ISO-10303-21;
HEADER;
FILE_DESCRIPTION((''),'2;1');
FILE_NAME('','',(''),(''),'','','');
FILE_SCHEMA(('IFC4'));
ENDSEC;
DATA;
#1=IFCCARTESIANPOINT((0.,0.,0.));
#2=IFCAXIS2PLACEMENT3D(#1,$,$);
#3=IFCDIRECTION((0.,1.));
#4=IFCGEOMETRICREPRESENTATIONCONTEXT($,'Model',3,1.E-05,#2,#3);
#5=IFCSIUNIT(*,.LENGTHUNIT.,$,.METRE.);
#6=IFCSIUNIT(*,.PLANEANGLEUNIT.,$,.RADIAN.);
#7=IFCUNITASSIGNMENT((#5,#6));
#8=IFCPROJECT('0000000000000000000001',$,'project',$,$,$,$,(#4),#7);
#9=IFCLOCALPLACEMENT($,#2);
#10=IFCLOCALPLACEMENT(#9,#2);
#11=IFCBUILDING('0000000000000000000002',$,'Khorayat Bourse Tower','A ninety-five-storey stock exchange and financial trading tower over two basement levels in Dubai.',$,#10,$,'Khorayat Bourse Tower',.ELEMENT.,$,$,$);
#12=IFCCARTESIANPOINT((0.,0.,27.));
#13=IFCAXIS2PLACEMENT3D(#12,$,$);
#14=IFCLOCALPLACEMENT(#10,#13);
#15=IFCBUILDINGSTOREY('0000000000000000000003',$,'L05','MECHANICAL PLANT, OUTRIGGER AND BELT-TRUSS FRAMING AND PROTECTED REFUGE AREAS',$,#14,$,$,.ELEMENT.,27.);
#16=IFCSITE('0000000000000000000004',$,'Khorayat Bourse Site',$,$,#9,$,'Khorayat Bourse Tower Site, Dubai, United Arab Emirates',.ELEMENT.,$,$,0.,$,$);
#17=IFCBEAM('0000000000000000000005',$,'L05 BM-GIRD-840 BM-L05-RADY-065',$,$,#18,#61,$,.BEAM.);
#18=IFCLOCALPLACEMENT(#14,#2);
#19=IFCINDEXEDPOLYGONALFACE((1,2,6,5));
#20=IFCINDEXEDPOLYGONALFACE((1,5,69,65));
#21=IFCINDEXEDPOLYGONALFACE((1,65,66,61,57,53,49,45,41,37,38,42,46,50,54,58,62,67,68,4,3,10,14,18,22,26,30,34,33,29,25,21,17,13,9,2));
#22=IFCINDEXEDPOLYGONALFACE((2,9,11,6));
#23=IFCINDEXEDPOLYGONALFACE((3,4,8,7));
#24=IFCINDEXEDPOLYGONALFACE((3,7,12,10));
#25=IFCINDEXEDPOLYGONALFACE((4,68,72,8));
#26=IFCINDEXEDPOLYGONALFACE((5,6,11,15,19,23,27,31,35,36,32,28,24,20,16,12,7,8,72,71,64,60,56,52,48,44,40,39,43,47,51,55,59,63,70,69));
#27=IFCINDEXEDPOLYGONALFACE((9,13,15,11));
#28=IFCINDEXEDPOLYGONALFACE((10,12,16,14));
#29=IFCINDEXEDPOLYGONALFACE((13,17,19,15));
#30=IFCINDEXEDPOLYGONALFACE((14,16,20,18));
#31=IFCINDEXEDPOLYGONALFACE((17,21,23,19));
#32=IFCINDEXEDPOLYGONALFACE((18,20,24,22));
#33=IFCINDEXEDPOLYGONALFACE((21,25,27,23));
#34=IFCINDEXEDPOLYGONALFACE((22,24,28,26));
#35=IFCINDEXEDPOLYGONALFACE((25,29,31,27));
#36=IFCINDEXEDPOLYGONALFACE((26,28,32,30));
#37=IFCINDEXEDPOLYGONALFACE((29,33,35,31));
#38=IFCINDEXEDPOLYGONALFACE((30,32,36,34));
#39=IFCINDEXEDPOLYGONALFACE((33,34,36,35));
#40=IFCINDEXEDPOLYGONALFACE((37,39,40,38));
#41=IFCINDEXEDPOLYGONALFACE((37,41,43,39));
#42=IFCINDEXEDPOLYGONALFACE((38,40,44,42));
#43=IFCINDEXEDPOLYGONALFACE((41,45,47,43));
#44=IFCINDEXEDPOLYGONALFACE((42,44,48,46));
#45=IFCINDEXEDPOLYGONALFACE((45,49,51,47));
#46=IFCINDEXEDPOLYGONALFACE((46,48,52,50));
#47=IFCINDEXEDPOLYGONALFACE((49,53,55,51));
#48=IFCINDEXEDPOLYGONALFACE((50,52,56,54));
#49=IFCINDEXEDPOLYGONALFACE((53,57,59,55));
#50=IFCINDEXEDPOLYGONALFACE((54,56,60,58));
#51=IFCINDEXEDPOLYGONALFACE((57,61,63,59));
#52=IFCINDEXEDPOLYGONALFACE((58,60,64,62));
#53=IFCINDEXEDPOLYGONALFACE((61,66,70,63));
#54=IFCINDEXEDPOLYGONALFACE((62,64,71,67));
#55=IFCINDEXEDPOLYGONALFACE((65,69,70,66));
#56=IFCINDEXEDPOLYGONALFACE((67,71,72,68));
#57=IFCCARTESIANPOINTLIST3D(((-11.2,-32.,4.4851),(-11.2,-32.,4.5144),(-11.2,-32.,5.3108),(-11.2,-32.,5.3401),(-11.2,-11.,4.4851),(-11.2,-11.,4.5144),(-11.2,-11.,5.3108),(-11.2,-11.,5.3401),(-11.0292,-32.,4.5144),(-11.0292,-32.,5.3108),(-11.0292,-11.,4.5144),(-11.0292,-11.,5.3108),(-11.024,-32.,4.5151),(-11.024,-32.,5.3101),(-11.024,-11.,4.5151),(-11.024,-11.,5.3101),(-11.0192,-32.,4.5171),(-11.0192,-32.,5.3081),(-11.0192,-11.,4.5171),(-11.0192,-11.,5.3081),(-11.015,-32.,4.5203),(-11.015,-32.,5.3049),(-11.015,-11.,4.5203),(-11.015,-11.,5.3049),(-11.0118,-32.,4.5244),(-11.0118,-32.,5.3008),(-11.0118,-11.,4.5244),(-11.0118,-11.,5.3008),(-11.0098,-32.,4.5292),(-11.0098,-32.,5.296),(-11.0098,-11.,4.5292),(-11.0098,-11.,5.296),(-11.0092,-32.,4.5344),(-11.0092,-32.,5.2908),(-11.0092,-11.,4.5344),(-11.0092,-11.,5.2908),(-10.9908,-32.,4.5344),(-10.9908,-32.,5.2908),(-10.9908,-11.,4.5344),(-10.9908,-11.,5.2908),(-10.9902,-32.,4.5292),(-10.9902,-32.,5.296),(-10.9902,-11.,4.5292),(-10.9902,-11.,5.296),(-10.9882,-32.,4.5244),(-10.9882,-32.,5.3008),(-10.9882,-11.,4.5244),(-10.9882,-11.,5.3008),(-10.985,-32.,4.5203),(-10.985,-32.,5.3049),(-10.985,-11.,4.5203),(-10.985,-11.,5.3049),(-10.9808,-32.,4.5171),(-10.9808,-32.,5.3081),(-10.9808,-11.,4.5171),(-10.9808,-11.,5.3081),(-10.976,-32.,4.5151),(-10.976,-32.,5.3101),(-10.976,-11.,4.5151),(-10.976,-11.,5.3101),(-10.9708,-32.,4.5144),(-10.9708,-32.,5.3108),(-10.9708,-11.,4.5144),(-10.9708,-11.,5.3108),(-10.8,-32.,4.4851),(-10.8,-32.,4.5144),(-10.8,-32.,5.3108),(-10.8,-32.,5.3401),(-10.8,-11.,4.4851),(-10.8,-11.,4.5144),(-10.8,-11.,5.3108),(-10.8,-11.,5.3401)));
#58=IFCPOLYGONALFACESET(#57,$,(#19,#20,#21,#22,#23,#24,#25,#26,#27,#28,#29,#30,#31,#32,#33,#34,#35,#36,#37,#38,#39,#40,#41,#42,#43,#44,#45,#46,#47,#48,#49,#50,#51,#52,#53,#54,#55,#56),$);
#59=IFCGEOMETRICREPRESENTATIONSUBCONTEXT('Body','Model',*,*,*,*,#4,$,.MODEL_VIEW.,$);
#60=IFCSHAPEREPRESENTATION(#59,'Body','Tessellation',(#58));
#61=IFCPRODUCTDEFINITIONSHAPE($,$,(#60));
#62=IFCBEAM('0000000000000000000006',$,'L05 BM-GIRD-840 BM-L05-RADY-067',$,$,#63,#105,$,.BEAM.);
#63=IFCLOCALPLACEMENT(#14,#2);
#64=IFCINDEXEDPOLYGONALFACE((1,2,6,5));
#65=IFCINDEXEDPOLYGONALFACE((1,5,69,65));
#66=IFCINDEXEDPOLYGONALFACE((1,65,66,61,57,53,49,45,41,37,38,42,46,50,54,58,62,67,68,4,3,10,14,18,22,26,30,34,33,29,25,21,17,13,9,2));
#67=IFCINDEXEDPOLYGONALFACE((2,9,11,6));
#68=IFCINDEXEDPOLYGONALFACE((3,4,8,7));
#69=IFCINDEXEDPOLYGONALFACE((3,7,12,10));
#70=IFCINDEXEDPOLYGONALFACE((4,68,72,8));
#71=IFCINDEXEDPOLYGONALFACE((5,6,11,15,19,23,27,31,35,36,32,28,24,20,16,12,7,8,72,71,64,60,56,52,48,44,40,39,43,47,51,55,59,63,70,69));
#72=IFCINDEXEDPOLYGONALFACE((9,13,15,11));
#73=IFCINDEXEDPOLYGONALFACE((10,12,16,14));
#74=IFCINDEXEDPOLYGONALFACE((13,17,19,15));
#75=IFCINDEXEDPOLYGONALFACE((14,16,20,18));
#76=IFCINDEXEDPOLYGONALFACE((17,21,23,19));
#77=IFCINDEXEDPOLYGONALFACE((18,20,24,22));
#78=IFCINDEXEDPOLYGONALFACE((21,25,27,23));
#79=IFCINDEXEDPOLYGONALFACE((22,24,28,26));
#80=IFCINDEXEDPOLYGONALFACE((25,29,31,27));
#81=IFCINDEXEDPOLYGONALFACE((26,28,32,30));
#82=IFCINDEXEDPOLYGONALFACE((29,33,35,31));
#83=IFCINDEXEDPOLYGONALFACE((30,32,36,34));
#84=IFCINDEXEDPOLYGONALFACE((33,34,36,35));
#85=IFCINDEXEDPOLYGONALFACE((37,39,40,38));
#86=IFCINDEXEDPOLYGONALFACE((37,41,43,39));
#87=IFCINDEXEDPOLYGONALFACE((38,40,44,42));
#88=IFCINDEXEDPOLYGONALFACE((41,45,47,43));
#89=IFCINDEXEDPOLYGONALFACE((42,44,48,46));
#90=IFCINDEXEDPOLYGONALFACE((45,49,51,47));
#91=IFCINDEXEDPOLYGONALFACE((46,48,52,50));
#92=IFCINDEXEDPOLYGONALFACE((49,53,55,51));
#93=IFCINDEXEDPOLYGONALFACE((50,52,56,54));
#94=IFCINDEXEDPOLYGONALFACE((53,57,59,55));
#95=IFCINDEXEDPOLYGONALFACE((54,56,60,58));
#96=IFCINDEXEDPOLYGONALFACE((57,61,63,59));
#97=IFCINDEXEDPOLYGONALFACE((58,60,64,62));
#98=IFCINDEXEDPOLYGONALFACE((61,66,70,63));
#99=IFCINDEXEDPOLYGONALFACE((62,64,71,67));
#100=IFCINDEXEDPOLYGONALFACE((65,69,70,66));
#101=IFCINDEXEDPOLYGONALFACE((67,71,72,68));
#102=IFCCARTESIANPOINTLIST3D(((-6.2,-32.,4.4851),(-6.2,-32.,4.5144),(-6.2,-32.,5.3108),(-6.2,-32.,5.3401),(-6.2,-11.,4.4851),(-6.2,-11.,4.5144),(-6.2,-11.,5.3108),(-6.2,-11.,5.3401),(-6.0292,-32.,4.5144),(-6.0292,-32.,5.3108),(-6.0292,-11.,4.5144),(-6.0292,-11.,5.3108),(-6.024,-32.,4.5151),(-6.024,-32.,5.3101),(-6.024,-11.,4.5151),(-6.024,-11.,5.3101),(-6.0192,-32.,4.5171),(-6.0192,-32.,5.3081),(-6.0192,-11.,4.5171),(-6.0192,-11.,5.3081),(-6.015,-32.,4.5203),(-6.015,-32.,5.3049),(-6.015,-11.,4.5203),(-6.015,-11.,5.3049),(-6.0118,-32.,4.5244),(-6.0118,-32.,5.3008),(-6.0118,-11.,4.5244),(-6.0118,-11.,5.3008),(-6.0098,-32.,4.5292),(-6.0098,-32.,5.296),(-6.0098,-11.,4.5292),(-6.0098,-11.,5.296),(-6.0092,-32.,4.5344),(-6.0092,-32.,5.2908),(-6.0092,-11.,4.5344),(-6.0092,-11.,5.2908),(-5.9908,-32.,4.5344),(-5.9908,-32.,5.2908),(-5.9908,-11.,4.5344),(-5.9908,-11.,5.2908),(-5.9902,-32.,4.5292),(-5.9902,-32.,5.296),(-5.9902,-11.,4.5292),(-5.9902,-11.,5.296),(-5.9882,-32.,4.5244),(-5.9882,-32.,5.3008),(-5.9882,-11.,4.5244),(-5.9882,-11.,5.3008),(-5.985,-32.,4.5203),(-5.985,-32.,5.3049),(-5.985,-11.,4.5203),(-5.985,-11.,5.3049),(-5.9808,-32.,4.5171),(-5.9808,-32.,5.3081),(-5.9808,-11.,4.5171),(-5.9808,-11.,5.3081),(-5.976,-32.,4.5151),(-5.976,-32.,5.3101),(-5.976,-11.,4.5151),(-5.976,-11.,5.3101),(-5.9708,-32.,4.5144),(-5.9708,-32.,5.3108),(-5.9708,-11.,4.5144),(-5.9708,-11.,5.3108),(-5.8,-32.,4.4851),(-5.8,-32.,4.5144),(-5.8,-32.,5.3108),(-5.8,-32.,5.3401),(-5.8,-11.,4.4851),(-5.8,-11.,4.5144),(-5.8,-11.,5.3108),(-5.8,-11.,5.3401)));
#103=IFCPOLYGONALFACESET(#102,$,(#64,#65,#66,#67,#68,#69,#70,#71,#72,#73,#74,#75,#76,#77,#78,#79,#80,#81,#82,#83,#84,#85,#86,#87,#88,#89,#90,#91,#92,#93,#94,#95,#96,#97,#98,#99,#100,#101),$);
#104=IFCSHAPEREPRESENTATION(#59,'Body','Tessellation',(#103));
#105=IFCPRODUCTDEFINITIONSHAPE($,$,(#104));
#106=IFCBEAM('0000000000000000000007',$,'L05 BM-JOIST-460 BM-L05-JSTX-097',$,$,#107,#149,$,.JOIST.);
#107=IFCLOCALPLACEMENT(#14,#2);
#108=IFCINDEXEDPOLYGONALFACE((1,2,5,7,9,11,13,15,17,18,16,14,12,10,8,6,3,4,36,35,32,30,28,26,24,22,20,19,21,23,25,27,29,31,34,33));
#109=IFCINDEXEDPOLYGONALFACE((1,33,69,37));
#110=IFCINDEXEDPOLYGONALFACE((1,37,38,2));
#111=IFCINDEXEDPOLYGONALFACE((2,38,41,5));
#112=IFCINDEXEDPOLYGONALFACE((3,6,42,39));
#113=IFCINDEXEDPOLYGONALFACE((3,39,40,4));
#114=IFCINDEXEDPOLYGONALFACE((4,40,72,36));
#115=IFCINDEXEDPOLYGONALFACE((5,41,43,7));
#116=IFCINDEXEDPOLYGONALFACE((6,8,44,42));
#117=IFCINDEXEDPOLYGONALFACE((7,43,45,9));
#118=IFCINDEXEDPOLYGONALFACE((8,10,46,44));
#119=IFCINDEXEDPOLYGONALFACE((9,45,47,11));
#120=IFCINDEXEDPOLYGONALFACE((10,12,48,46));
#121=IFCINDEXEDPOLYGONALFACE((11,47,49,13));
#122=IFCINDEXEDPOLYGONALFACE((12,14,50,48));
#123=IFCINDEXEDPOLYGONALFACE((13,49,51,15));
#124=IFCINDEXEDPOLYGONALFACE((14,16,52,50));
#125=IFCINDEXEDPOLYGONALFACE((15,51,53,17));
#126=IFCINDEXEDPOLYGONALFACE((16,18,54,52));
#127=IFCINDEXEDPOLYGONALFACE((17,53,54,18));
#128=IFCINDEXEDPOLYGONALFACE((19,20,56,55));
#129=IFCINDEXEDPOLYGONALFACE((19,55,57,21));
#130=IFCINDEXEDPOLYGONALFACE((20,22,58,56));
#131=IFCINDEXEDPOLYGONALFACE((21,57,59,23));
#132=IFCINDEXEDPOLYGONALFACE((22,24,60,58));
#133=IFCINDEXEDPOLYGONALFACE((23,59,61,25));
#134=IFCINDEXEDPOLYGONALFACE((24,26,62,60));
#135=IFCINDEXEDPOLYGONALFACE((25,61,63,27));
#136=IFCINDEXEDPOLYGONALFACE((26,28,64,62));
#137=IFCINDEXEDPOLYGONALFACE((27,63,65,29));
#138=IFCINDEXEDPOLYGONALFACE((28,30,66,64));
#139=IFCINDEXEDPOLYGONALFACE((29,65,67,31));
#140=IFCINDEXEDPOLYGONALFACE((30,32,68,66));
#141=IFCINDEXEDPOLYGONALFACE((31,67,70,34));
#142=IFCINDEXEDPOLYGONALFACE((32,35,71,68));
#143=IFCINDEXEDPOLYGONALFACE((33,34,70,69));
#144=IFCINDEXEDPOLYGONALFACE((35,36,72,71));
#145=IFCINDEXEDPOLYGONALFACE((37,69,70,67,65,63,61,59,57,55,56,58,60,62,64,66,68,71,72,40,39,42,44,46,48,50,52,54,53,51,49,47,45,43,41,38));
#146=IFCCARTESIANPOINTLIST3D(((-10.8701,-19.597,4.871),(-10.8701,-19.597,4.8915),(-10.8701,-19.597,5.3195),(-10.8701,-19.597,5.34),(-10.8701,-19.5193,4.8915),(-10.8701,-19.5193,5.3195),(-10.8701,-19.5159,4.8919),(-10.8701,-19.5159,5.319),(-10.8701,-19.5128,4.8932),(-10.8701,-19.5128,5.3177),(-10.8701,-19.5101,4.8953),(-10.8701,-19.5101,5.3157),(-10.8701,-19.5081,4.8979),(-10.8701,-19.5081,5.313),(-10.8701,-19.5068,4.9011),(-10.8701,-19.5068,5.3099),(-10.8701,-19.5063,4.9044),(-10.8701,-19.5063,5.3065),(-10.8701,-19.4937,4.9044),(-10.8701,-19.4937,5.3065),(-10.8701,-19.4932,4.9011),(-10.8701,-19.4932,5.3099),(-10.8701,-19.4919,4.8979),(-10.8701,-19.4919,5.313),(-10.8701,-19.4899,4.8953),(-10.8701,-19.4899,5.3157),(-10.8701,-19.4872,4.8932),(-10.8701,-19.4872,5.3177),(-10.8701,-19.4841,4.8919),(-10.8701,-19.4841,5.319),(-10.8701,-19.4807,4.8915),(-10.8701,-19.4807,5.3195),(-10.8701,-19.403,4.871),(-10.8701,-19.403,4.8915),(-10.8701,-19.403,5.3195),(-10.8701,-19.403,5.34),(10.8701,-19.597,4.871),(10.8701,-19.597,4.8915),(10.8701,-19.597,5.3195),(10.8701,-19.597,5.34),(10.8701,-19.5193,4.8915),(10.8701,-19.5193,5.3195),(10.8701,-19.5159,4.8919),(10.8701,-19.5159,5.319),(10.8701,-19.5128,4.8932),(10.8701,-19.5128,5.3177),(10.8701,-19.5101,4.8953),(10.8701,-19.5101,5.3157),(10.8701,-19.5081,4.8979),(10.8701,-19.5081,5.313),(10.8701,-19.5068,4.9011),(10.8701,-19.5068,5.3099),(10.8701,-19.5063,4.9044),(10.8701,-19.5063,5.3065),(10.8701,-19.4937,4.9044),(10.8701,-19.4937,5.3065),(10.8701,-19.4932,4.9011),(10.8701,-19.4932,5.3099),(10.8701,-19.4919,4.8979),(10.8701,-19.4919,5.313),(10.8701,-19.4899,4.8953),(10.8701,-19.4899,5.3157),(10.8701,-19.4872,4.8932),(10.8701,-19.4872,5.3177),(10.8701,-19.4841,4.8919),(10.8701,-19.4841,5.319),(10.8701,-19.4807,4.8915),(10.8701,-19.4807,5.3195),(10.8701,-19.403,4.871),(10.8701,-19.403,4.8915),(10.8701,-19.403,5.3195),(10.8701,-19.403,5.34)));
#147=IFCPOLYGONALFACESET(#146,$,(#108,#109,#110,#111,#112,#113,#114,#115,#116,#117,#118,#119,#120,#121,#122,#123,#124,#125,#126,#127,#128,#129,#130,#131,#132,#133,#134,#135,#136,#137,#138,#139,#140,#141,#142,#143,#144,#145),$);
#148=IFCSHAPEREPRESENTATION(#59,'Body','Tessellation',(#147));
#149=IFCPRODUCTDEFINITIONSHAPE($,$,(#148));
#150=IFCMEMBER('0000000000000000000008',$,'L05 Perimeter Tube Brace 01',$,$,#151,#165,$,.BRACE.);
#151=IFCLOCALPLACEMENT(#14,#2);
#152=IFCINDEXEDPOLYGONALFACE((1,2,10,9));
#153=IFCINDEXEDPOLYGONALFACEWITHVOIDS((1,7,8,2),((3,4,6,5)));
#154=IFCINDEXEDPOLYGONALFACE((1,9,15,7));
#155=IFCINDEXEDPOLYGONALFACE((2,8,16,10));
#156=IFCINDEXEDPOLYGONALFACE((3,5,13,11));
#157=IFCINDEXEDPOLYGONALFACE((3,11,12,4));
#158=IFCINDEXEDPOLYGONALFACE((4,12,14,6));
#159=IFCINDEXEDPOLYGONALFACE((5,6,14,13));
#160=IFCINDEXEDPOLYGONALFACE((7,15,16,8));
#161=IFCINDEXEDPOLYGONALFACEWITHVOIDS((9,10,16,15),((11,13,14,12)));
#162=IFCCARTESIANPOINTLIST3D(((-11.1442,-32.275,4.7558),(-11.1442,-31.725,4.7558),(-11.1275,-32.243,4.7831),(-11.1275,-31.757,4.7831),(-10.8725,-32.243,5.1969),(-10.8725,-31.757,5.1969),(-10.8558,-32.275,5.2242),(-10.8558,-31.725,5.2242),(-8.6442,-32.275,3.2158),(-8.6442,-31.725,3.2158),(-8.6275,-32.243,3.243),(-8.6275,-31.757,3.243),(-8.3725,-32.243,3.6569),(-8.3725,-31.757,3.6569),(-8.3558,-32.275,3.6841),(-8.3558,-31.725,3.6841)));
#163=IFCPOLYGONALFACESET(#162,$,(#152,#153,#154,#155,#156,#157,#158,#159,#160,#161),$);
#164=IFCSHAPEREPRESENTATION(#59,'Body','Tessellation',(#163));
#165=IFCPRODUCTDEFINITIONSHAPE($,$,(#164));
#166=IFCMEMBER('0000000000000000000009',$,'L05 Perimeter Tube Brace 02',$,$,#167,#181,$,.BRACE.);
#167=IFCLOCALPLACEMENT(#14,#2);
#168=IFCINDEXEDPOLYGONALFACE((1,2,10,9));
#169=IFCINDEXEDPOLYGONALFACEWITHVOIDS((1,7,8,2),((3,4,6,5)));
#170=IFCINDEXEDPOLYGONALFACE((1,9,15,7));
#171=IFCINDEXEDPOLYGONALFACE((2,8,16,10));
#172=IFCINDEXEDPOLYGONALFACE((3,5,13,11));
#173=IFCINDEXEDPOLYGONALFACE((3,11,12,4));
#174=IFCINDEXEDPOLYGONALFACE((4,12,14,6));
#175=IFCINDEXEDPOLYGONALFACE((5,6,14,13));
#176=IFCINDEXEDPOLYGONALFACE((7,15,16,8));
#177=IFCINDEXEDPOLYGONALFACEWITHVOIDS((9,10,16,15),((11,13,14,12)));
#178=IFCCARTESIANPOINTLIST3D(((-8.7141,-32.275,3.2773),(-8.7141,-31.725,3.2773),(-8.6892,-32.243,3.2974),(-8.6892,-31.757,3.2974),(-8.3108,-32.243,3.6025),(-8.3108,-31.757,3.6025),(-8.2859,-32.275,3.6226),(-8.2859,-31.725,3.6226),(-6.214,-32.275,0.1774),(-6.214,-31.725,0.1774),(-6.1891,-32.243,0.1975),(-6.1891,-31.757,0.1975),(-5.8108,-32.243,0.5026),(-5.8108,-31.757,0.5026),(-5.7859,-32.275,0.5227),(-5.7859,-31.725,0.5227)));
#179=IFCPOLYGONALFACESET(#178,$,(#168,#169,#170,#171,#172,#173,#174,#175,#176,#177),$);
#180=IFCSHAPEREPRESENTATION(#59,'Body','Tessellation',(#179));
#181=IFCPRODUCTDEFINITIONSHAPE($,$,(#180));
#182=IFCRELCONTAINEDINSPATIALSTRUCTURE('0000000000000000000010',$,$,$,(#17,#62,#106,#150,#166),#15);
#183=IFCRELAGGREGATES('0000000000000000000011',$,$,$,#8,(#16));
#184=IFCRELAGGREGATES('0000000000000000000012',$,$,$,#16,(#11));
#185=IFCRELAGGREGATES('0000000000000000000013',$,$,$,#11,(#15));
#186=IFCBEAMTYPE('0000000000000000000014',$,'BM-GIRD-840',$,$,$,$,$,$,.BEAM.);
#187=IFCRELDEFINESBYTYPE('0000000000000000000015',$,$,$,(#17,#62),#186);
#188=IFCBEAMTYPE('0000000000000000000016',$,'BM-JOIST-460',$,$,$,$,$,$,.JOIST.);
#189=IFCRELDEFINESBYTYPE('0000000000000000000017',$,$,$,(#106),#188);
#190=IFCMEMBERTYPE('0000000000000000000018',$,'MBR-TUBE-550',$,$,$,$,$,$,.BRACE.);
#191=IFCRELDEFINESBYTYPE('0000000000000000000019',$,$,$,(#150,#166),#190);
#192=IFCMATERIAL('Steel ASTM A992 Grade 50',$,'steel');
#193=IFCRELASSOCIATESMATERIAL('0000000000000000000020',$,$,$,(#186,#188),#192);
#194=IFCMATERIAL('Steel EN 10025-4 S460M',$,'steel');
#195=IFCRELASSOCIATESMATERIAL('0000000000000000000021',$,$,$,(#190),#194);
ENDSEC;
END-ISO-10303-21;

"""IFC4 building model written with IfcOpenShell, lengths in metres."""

from ifc_helpers import new_model, si_unit, direction, frame, origin, origin_2d, place, context, subcontext, project, spatial, hollow_rectangle, i_section, extrude, source, transform, mapped, material, material_profile, profile_set, type_object, element, save


model = new_model("IFC4")

# Units and contexts
model_context = context("Model", 3, precision=1e-05, world=origin(), true_north=direction((0.0, 1.0)))
body_context = subcontext(model_context, "Body", "Model", "MODEL_VIEW")
ifc_project = project(units=[si_unit("LENGTHUNIT", "METRE"), si_unit("PLANEANGLEUNIT", "RADIAN")], contexts=[model_context])

# Site, building, storey
site_placement = place(None, origin())
site = spatial("IfcSite", under=ifc_project, at=site_placement, Name="Khorayat Bourse Site", LongName="Khorayat Bourse Tower Site, Dubai, United Arab Emirates", CompositionType="ELEMENT", RefElevation=0.0)
building_placement = place(site_placement, origin())
building = spatial("IfcBuilding", under=site, at=building_placement, Name="Khorayat Bourse Tower", Description="A ninety-five-storey stock exchange and financial trading tower over two basement levels in Dubai.", LongName="Khorayat Bourse Tower", CompositionType="ELEMENT")
storey_placement = place(building_placement, frame((0.0, 0.0, 27.0)))
storey = spatial("IfcBuildingStorey", under=building, at=storey_placement, Name="L05", Description="MECHANICAL PLANT, OUTRIGGER AND BELT-TRUSS FRAMING AND PROTECTED REFUGE AREAS", CompositionType="ELEMENT", Elevation=27.0)

# Shared definitions
ifc_material_1 = material(Name="Steel EN 10025-4 S460M", Category="steel")

# Beams
ifc_material_2 = material(Name="Steel ASTM A992 Grade 50", Category="steel")
ifc_material_profile_1 = material_profile(ifc_material_2, i_section(OverallWidth=0.3999, OverallDepth=0.855, WebThickness=0.0183, FlangeThickness=0.0293, FilletRadius=0.02, at=origin_2d()), Name="W840X299")
ifc_profile_set_1 = profile_set([ifc_material_profile_1], Name="Steel ASTM A992 Grade 50")
beam_type_1 = type_object("IfcBeamType", Name="BM-GIRD-840", PredefinedType="BEAM", material=ifc_profile_set_1)
shared_shape_1 = source(origin(), body_context, "Body", "SweptSolid", [
    extrude(i_section(OverallWidth=0.3999, OverallDepth=0.855, WebThickness=0.0183, FlangeThickness=0.0293, FilletRadius=0.02, at=origin_2d()), origin(), (0.0, 0.0, 1.0), 21.0),
])
for number, where, z_axis, x_axis, name in (
    (1, (-11.0, -32.0, 4.9126), (0.0, 1.0, 0.0), (-1.0, 0.0, 0.0), "L05 BM-GIRD-840 BM-L05-RADY-065"),
    (2, (-6.0, -32.0, 4.9126), (0.0, 1.0, 0.0), (-1.0, 0.0, 0.0), "L05 BM-GIRD-840 BM-L05-RADY-067"),
):
    element("IfcBeam", number, at=place(storey_placement, frame(where, z_axis=z_axis, x_axis=x_axis)), inside=storey, type_object=beam_type_1, Name=name, PredefinedType="BEAM", context=body_context, shape_type="MappedRepresentation", body=[
        mapped(shared_shape_1, transform((0.0, 0.0, 0.0), scale=1.0)),
    ])
ifc_material_profile_2 = material_profile(ifc_material_2, i_section(OverallWidth=0.1941, OverallDepth=0.469, WebThickness=0.0127, FlangeThickness=0.0205, FilletRadius=0.0129, at=origin_2d()), Name="W460X106")
ifc_profile_set_2 = profile_set([ifc_material_profile_2], Name="Steel ASTM A992 Grade 50")
beam_type_2 = type_object("IfcBeamType", Name="BM-JOIST-460", PredefinedType="JOIST", material=ifc_profile_set_2)
shared_shape_2 = source(origin(), body_context, "Body", "SweptSolid", [
    extrude(i_section(OverallWidth=0.1941, OverallDepth=0.469, WebThickness=0.0127, FlangeThickness=0.0205, FilletRadius=0.0129, at=origin_2d()), origin(), (0.0, 0.0, 1.0), 21.7402),
])
beam_1_placement = place(storey_placement, frame((-10.8701, -19.5, 5.1055), z_axis=(1.0, 0.0, 0.0), x_axis=(0.0, 1.0, 0.0)))
element("IfcBeam", 3, at=beam_1_placement, inside=storey, type_object=beam_type_2, Name="L05 BM-JOIST-460 BM-L05-JSTX-097", PredefinedType="JOIST", context=body_context, shape_type="MappedRepresentation", body=[
    mapped(shared_shape_2, transform((0.0, 0.0, 0.0), scale=1.0)),
])

# Members
ifc_material_profile_3 = material_profile(ifc_material_1, hollow_rectangle(XDim=0.55, YDim=0.55, WallThickness=0.032, at=origin_2d()), Name="HSS 550x550x32")
ifc_profile_set_3 = profile_set([ifc_material_profile_3], Name="Steel EN 10025-4 S460M")
member_type_1 = type_object("IfcMemberType", Name="MBR-TUBE-550", PredefinedType="BRACE", material=ifc_profile_set_3)
shared_shape_3 = source(origin(), body_context, "Body", "SweptSolid", [
    extrude(hollow_rectangle(XDim=0.55, YDim=0.55, WallThickness=0.032, at=origin_2d()), origin(), (0.0, 0.0, 1.0), 2.9363),
])
member_1_placement = place(storey_placement, frame((-11.0, -32.0, 4.99), z_axis=(0.851418, 0.0, -0.524487), x_axis=(0.0, 1.0, 0.0)))
element("IfcMember", 4, at=member_1_placement, inside=storey, type_object=member_type_1, Name="L05 Perimeter Tube Brace 01", PredefinedType="BRACE", context=body_context, shape_type="MappedRepresentation", body=[
    mapped(shared_shape_3, transform((0.0, 0.0, 0.0), scale=1.0)),
])
shared_shape_4 = source(origin(), body_context, "Body", "SweptSolid", [
    extrude(hollow_rectangle(XDim=0.55, YDim=0.55, WallThickness=0.032, at=origin_2d()), origin(), (0.0, 0.0, 1.0), 3.9824),
])
member_2_placement = place(storey_placement, frame((-8.5, -32.0, 3.45), z_axis=(0.62777, 0.0, -0.778399), x_axis=(0.0, 1.0, 0.0)))
element("IfcMember", 5, at=member_2_placement, inside=storey, type_object=member_type_1, Name="L05 Perimeter Tube Brace 02", PredefinedType="BRACE", context=body_context, shape_type="MappedRepresentation", body=[
    mapped(shared_shape_4, transform((0.0, 0.0, 0.0), scale=1.0)),
])

save(model, "model.ifc")
